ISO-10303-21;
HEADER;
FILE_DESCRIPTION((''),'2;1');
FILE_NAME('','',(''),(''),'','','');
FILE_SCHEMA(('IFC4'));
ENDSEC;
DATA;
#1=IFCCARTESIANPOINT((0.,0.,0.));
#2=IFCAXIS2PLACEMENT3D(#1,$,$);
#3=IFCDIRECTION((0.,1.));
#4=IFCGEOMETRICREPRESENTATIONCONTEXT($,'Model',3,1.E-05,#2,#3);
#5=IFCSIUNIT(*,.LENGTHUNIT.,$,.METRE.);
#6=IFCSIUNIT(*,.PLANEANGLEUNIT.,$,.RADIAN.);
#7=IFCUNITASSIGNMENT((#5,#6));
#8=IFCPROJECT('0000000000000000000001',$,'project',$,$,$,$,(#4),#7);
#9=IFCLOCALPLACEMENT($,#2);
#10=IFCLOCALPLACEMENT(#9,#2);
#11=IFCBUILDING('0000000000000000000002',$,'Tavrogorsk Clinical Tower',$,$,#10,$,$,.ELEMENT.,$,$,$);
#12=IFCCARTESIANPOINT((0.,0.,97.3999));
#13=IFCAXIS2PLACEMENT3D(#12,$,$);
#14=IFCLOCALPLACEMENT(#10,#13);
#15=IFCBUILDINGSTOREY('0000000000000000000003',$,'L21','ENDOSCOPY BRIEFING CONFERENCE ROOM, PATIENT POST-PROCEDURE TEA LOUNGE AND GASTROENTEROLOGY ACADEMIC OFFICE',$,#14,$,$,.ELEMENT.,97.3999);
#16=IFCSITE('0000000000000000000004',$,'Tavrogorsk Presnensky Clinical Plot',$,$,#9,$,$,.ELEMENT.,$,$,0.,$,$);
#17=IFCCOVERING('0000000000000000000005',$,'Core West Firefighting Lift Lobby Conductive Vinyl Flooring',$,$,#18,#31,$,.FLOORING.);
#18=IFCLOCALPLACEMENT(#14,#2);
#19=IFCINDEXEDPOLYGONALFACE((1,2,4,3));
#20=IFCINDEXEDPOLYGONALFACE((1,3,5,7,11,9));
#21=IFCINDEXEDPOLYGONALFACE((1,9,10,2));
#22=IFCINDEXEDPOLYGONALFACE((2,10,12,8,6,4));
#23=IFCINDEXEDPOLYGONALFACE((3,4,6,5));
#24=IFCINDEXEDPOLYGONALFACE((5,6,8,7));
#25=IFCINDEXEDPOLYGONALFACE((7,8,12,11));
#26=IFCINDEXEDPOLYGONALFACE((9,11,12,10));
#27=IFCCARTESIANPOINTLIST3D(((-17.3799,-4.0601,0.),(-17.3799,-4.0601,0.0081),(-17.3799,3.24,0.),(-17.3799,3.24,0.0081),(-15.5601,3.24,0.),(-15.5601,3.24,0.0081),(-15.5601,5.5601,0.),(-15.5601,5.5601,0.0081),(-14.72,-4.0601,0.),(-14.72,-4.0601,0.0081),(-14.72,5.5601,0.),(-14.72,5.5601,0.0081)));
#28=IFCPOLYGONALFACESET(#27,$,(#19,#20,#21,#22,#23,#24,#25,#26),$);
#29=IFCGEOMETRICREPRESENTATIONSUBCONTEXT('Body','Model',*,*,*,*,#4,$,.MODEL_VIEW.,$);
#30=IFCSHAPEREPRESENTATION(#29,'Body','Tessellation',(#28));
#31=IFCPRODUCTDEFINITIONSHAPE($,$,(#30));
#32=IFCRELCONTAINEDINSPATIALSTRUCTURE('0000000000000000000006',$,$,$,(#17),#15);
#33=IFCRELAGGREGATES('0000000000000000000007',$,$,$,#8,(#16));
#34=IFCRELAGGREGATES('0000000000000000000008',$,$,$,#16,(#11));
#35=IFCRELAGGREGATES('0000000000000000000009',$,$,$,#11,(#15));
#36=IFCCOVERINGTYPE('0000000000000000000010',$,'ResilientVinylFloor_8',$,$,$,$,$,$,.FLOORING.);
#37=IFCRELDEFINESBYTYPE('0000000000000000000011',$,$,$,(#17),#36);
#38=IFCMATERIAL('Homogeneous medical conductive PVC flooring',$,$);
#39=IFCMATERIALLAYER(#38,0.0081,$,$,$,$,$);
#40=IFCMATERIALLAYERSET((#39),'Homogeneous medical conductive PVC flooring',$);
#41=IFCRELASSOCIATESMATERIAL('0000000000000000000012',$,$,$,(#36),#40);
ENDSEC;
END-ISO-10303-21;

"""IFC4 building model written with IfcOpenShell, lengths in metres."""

from ifc_helpers import new_model, si_unit, direction, frame, origin, place, context, subcontext, project, spatial, polyline, outline, extrude, material, layer, layer_set, type_object, element, save


model = new_model("IFC4")

# Units and contexts
model_context = context("Model", 3, precision=1e-05, world=origin(), true_north=direction((0.0, 1.0)))
body_context = subcontext(model_context, "Body", "Model", "MODEL_VIEW")
ifc_project = project(units=[si_unit("LENGTHUNIT", "METRE"), si_unit("PLANEANGLEUNIT", "RADIAN")], contexts=[model_context])

# Site, building, storey
site_placement = place(None, origin())
site = spatial("IfcSite", under=ifc_project, at=site_placement, Name="Tavrogorsk Presnensky Clinical Plot", CompositionType="ELEMENT", RefElevation=0.0)
building_placement = place(site_placement, origin())
building = spatial("IfcBuilding", under=site, at=building_placement, Name="Tavrogorsk Clinical Tower", CompositionType="ELEMENT")
storey_placement = place(building_placement, frame((0.0, 0.0, 97.3999)))
storey = spatial("IfcBuildingStorey", under=building, at=storey_placement, Name="L21", Description="ENDOSCOPY BRIEFING CONFERENCE ROOM, PATIENT POST-PROCEDURE TEA LOUNGE AND GASTROENTEROLOGY ACADEMIC OFFICE", CompositionType="ELEMENT", Elevation=97.3999)

# Covering
ifc_material_1 = material(Name="Homogeneous medical conductive PVC flooring")
ifc_layer_1 = layer(ifc_material_1, 0.0081)
ifc_layer_set_1 = layer_set([ifc_layer_1], Name="Homogeneous medical conductive PVC flooring")
covering_type_1 = type_object("IfcCoveringType", Name="ResilientVinylFloor_8", PredefinedType="FLOORING", material=ifc_layer_set_1)
covering_1_placement = place(storey_placement, origin())
element("IfcCovering", 1, at=covering_1_placement, inside=storey, type_object=covering_type_1, Name="Core West Firefighting Lift Lobby Conductive Vinyl Flooring", PredefinedType="FLOORING", context=body_context, shape_type="SweptSolid", body=[
    extrude(outline(polyline([(-14.72, 5.5601), (-14.72, -4.0601), (-17.3799, -4.0601), (-17.3799, 3.24), (-15.5601, 3.24), (-15.5601, 5.5601), (-14.72, 5.5601)])), origin(), (0.0, 0.0, 1.0), 0.0081),
])

save(model, "model.ifc")
